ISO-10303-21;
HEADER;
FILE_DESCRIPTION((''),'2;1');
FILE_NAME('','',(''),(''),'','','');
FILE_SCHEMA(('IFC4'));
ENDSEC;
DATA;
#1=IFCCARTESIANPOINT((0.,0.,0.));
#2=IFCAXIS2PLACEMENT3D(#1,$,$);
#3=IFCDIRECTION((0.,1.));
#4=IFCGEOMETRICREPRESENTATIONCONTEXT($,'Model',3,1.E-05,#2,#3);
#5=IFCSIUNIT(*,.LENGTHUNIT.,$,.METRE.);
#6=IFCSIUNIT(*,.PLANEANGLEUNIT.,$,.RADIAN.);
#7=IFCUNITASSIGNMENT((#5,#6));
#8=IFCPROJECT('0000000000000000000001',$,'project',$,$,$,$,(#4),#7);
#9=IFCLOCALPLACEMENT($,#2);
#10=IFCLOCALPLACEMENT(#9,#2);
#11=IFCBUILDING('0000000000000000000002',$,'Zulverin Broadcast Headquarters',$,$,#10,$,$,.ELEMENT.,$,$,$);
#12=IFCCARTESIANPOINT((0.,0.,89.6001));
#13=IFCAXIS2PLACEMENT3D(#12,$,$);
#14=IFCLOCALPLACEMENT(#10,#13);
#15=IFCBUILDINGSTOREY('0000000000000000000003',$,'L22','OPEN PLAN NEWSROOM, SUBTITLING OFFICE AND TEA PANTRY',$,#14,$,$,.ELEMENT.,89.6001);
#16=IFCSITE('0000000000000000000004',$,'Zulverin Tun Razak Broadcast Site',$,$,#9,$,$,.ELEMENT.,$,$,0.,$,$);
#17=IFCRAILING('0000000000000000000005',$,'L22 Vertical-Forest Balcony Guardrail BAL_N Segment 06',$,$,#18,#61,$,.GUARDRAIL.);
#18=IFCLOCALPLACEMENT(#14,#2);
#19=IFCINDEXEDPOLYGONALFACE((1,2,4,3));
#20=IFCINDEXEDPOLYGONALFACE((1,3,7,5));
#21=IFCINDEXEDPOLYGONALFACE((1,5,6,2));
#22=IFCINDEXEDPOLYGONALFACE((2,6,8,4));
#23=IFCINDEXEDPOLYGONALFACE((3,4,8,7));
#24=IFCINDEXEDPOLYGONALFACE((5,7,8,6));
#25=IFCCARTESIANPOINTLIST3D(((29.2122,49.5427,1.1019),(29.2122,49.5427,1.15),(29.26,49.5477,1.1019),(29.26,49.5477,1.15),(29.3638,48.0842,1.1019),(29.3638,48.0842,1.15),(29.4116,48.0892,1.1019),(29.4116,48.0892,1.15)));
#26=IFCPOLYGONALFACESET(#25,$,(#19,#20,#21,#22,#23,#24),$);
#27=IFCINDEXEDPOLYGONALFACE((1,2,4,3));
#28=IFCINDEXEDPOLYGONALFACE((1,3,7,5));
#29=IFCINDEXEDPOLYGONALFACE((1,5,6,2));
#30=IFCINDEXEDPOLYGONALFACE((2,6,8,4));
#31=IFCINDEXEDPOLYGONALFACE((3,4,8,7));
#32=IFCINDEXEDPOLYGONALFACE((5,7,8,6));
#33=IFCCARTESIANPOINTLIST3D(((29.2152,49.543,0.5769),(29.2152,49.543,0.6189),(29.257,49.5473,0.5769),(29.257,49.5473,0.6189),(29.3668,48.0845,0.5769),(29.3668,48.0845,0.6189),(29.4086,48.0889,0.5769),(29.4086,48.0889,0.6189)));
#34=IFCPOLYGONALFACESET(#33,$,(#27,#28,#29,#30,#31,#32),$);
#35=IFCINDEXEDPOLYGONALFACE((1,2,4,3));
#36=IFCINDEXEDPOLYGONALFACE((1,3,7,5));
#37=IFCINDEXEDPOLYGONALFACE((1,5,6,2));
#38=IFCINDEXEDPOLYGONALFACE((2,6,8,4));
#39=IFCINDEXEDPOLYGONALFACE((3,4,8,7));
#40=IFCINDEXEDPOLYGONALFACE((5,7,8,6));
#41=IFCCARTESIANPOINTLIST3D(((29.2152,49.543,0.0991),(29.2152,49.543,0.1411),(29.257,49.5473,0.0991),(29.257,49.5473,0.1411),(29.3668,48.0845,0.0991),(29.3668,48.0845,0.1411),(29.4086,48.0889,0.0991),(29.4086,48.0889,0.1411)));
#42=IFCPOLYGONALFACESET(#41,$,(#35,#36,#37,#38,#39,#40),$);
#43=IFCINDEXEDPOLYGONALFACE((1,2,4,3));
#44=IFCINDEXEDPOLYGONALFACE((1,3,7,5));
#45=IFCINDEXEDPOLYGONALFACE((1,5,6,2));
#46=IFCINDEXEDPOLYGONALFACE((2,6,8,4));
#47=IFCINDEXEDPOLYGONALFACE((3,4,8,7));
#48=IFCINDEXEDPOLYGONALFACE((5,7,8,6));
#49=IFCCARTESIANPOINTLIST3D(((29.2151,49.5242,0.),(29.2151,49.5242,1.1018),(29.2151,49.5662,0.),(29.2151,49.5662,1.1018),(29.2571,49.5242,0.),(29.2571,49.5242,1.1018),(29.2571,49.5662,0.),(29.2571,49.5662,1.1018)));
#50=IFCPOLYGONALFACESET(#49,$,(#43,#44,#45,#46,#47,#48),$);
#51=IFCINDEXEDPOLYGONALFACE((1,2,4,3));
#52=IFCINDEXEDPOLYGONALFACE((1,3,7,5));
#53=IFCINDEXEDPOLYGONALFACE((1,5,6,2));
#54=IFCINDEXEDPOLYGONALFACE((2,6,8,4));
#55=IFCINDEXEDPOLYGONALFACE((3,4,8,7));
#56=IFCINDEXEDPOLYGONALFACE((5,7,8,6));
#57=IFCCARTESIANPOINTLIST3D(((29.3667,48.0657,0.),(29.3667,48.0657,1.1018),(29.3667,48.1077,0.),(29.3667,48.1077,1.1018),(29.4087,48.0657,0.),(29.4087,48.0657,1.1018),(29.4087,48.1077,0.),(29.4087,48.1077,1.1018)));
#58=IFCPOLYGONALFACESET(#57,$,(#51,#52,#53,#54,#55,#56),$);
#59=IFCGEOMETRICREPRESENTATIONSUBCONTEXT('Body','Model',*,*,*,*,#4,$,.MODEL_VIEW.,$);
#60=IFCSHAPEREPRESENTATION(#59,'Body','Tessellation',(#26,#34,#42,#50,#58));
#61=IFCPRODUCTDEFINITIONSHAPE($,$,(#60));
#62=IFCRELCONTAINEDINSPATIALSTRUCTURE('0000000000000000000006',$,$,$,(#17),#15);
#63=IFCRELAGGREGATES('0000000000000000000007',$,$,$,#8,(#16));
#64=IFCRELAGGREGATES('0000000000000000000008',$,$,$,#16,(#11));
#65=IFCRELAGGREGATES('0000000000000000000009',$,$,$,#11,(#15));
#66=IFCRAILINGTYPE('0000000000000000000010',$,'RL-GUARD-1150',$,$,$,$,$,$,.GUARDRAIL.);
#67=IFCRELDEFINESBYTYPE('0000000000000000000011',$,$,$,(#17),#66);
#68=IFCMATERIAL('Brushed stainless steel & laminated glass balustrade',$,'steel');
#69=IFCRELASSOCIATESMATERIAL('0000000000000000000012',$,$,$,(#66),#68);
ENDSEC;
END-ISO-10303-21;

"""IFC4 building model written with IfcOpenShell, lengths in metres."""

from ifc_helpers import new_model, si_unit, direction, frame, origin, origin_2d, place, context, subcontext, project, spatial, rectangle, extrude, material, type_object, element, save


model = new_model("IFC4")

# Units and contexts
model_context = context("Model", 3, precision=1e-05, world=origin(), true_north=direction((0.0, 1.0)))
body_context = subcontext(model_context, "Body", "Model", "MODEL_VIEW")
ifc_project = project(units=[si_unit("LENGTHUNIT", "METRE"), si_unit("PLANEANGLEUNIT", "RADIAN")], contexts=[model_context])

# Site, building, storey
site_placement = place(None, origin())
site = spatial("IfcSite", under=ifc_project, at=site_placement, Name="Zulverin Tun Razak Broadcast Site", CompositionType="ELEMENT", RefElevation=0.0)
building_placement = place(site_placement, origin())
building = spatial("IfcBuilding", under=site, at=building_placement, Name="Zulverin Broadcast Headquarters", CompositionType="ELEMENT")
storey_placement = place(building_placement, frame((0.0, 0.0, 89.6001)))
storey = spatial("IfcBuildingStorey", under=building, at=storey_placement, Name="L22", Description="OPEN PLAN NEWSROOM, SUBTITLING OFFICE AND TEA PANTRY", CompositionType="ELEMENT", Elevation=89.6001)

# Railing
ifc_material_1 = material(Name="Brushed stainless steel & laminated glass balustrade", Category="steel")
railing_type = type_object("IfcRailingType", Name="RL-GUARD-1150", PredefinedType="GUARDRAIL", material=ifc_material_1)
railing_1_placement = place(storey_placement, frame((29.2361, 49.5452, 0.0)))
element("IfcRailing", 1, at=railing_1_placement, inside=storey, type_object=railing_type, Name="L22 Vertical-Forest Balcony Guardrail BAL_N Segment 06", PredefinedType="GUARDRAIL", context=body_context, shape_type="SweptSolid", body=[
    extrude(rectangle(XDim=0.0481, YDim=0.0481, at=origin_2d()), frame((0.0, 0.0, 1.126), z_axis=(0.103393, -0.994641, 0.0), x_axis=(0.994641, 0.103393, 0.0)), (0.0, 0.0, 1.0), 1.4663),
    extrude(rectangle(XDim=0.042, YDim=0.042, at=origin_2d()), frame((0.0, 0.0, 0.5979), z_axis=(0.103393, -0.994641, 0.0), x_axis=(0.994641, 0.103393, 0.0)), (0.0, 0.0, 1.0), 1.4663),
    extrude(rectangle(XDim=0.042, YDim=0.042, at=origin_2d()), frame((0.0, 0.0, 0.1201), z_axis=(0.103393, -0.994641, 0.0), x_axis=(0.994641, 0.103393, 0.0)), (0.0, 0.0, 1.0), 1.4663),
    extrude(rectangle(XDim=0.042, YDim=0.042, at=origin_2d()), origin(), (0.0, 0.0, 1.0), 1.1018),
    extrude(rectangle(XDim=0.042, YDim=0.042, at=origin_2d()), frame((0.1516, -1.4585, 0.0)), (0.0, 0.0, 1.0), 1.1018),
])

save(model, "model.ifc")
